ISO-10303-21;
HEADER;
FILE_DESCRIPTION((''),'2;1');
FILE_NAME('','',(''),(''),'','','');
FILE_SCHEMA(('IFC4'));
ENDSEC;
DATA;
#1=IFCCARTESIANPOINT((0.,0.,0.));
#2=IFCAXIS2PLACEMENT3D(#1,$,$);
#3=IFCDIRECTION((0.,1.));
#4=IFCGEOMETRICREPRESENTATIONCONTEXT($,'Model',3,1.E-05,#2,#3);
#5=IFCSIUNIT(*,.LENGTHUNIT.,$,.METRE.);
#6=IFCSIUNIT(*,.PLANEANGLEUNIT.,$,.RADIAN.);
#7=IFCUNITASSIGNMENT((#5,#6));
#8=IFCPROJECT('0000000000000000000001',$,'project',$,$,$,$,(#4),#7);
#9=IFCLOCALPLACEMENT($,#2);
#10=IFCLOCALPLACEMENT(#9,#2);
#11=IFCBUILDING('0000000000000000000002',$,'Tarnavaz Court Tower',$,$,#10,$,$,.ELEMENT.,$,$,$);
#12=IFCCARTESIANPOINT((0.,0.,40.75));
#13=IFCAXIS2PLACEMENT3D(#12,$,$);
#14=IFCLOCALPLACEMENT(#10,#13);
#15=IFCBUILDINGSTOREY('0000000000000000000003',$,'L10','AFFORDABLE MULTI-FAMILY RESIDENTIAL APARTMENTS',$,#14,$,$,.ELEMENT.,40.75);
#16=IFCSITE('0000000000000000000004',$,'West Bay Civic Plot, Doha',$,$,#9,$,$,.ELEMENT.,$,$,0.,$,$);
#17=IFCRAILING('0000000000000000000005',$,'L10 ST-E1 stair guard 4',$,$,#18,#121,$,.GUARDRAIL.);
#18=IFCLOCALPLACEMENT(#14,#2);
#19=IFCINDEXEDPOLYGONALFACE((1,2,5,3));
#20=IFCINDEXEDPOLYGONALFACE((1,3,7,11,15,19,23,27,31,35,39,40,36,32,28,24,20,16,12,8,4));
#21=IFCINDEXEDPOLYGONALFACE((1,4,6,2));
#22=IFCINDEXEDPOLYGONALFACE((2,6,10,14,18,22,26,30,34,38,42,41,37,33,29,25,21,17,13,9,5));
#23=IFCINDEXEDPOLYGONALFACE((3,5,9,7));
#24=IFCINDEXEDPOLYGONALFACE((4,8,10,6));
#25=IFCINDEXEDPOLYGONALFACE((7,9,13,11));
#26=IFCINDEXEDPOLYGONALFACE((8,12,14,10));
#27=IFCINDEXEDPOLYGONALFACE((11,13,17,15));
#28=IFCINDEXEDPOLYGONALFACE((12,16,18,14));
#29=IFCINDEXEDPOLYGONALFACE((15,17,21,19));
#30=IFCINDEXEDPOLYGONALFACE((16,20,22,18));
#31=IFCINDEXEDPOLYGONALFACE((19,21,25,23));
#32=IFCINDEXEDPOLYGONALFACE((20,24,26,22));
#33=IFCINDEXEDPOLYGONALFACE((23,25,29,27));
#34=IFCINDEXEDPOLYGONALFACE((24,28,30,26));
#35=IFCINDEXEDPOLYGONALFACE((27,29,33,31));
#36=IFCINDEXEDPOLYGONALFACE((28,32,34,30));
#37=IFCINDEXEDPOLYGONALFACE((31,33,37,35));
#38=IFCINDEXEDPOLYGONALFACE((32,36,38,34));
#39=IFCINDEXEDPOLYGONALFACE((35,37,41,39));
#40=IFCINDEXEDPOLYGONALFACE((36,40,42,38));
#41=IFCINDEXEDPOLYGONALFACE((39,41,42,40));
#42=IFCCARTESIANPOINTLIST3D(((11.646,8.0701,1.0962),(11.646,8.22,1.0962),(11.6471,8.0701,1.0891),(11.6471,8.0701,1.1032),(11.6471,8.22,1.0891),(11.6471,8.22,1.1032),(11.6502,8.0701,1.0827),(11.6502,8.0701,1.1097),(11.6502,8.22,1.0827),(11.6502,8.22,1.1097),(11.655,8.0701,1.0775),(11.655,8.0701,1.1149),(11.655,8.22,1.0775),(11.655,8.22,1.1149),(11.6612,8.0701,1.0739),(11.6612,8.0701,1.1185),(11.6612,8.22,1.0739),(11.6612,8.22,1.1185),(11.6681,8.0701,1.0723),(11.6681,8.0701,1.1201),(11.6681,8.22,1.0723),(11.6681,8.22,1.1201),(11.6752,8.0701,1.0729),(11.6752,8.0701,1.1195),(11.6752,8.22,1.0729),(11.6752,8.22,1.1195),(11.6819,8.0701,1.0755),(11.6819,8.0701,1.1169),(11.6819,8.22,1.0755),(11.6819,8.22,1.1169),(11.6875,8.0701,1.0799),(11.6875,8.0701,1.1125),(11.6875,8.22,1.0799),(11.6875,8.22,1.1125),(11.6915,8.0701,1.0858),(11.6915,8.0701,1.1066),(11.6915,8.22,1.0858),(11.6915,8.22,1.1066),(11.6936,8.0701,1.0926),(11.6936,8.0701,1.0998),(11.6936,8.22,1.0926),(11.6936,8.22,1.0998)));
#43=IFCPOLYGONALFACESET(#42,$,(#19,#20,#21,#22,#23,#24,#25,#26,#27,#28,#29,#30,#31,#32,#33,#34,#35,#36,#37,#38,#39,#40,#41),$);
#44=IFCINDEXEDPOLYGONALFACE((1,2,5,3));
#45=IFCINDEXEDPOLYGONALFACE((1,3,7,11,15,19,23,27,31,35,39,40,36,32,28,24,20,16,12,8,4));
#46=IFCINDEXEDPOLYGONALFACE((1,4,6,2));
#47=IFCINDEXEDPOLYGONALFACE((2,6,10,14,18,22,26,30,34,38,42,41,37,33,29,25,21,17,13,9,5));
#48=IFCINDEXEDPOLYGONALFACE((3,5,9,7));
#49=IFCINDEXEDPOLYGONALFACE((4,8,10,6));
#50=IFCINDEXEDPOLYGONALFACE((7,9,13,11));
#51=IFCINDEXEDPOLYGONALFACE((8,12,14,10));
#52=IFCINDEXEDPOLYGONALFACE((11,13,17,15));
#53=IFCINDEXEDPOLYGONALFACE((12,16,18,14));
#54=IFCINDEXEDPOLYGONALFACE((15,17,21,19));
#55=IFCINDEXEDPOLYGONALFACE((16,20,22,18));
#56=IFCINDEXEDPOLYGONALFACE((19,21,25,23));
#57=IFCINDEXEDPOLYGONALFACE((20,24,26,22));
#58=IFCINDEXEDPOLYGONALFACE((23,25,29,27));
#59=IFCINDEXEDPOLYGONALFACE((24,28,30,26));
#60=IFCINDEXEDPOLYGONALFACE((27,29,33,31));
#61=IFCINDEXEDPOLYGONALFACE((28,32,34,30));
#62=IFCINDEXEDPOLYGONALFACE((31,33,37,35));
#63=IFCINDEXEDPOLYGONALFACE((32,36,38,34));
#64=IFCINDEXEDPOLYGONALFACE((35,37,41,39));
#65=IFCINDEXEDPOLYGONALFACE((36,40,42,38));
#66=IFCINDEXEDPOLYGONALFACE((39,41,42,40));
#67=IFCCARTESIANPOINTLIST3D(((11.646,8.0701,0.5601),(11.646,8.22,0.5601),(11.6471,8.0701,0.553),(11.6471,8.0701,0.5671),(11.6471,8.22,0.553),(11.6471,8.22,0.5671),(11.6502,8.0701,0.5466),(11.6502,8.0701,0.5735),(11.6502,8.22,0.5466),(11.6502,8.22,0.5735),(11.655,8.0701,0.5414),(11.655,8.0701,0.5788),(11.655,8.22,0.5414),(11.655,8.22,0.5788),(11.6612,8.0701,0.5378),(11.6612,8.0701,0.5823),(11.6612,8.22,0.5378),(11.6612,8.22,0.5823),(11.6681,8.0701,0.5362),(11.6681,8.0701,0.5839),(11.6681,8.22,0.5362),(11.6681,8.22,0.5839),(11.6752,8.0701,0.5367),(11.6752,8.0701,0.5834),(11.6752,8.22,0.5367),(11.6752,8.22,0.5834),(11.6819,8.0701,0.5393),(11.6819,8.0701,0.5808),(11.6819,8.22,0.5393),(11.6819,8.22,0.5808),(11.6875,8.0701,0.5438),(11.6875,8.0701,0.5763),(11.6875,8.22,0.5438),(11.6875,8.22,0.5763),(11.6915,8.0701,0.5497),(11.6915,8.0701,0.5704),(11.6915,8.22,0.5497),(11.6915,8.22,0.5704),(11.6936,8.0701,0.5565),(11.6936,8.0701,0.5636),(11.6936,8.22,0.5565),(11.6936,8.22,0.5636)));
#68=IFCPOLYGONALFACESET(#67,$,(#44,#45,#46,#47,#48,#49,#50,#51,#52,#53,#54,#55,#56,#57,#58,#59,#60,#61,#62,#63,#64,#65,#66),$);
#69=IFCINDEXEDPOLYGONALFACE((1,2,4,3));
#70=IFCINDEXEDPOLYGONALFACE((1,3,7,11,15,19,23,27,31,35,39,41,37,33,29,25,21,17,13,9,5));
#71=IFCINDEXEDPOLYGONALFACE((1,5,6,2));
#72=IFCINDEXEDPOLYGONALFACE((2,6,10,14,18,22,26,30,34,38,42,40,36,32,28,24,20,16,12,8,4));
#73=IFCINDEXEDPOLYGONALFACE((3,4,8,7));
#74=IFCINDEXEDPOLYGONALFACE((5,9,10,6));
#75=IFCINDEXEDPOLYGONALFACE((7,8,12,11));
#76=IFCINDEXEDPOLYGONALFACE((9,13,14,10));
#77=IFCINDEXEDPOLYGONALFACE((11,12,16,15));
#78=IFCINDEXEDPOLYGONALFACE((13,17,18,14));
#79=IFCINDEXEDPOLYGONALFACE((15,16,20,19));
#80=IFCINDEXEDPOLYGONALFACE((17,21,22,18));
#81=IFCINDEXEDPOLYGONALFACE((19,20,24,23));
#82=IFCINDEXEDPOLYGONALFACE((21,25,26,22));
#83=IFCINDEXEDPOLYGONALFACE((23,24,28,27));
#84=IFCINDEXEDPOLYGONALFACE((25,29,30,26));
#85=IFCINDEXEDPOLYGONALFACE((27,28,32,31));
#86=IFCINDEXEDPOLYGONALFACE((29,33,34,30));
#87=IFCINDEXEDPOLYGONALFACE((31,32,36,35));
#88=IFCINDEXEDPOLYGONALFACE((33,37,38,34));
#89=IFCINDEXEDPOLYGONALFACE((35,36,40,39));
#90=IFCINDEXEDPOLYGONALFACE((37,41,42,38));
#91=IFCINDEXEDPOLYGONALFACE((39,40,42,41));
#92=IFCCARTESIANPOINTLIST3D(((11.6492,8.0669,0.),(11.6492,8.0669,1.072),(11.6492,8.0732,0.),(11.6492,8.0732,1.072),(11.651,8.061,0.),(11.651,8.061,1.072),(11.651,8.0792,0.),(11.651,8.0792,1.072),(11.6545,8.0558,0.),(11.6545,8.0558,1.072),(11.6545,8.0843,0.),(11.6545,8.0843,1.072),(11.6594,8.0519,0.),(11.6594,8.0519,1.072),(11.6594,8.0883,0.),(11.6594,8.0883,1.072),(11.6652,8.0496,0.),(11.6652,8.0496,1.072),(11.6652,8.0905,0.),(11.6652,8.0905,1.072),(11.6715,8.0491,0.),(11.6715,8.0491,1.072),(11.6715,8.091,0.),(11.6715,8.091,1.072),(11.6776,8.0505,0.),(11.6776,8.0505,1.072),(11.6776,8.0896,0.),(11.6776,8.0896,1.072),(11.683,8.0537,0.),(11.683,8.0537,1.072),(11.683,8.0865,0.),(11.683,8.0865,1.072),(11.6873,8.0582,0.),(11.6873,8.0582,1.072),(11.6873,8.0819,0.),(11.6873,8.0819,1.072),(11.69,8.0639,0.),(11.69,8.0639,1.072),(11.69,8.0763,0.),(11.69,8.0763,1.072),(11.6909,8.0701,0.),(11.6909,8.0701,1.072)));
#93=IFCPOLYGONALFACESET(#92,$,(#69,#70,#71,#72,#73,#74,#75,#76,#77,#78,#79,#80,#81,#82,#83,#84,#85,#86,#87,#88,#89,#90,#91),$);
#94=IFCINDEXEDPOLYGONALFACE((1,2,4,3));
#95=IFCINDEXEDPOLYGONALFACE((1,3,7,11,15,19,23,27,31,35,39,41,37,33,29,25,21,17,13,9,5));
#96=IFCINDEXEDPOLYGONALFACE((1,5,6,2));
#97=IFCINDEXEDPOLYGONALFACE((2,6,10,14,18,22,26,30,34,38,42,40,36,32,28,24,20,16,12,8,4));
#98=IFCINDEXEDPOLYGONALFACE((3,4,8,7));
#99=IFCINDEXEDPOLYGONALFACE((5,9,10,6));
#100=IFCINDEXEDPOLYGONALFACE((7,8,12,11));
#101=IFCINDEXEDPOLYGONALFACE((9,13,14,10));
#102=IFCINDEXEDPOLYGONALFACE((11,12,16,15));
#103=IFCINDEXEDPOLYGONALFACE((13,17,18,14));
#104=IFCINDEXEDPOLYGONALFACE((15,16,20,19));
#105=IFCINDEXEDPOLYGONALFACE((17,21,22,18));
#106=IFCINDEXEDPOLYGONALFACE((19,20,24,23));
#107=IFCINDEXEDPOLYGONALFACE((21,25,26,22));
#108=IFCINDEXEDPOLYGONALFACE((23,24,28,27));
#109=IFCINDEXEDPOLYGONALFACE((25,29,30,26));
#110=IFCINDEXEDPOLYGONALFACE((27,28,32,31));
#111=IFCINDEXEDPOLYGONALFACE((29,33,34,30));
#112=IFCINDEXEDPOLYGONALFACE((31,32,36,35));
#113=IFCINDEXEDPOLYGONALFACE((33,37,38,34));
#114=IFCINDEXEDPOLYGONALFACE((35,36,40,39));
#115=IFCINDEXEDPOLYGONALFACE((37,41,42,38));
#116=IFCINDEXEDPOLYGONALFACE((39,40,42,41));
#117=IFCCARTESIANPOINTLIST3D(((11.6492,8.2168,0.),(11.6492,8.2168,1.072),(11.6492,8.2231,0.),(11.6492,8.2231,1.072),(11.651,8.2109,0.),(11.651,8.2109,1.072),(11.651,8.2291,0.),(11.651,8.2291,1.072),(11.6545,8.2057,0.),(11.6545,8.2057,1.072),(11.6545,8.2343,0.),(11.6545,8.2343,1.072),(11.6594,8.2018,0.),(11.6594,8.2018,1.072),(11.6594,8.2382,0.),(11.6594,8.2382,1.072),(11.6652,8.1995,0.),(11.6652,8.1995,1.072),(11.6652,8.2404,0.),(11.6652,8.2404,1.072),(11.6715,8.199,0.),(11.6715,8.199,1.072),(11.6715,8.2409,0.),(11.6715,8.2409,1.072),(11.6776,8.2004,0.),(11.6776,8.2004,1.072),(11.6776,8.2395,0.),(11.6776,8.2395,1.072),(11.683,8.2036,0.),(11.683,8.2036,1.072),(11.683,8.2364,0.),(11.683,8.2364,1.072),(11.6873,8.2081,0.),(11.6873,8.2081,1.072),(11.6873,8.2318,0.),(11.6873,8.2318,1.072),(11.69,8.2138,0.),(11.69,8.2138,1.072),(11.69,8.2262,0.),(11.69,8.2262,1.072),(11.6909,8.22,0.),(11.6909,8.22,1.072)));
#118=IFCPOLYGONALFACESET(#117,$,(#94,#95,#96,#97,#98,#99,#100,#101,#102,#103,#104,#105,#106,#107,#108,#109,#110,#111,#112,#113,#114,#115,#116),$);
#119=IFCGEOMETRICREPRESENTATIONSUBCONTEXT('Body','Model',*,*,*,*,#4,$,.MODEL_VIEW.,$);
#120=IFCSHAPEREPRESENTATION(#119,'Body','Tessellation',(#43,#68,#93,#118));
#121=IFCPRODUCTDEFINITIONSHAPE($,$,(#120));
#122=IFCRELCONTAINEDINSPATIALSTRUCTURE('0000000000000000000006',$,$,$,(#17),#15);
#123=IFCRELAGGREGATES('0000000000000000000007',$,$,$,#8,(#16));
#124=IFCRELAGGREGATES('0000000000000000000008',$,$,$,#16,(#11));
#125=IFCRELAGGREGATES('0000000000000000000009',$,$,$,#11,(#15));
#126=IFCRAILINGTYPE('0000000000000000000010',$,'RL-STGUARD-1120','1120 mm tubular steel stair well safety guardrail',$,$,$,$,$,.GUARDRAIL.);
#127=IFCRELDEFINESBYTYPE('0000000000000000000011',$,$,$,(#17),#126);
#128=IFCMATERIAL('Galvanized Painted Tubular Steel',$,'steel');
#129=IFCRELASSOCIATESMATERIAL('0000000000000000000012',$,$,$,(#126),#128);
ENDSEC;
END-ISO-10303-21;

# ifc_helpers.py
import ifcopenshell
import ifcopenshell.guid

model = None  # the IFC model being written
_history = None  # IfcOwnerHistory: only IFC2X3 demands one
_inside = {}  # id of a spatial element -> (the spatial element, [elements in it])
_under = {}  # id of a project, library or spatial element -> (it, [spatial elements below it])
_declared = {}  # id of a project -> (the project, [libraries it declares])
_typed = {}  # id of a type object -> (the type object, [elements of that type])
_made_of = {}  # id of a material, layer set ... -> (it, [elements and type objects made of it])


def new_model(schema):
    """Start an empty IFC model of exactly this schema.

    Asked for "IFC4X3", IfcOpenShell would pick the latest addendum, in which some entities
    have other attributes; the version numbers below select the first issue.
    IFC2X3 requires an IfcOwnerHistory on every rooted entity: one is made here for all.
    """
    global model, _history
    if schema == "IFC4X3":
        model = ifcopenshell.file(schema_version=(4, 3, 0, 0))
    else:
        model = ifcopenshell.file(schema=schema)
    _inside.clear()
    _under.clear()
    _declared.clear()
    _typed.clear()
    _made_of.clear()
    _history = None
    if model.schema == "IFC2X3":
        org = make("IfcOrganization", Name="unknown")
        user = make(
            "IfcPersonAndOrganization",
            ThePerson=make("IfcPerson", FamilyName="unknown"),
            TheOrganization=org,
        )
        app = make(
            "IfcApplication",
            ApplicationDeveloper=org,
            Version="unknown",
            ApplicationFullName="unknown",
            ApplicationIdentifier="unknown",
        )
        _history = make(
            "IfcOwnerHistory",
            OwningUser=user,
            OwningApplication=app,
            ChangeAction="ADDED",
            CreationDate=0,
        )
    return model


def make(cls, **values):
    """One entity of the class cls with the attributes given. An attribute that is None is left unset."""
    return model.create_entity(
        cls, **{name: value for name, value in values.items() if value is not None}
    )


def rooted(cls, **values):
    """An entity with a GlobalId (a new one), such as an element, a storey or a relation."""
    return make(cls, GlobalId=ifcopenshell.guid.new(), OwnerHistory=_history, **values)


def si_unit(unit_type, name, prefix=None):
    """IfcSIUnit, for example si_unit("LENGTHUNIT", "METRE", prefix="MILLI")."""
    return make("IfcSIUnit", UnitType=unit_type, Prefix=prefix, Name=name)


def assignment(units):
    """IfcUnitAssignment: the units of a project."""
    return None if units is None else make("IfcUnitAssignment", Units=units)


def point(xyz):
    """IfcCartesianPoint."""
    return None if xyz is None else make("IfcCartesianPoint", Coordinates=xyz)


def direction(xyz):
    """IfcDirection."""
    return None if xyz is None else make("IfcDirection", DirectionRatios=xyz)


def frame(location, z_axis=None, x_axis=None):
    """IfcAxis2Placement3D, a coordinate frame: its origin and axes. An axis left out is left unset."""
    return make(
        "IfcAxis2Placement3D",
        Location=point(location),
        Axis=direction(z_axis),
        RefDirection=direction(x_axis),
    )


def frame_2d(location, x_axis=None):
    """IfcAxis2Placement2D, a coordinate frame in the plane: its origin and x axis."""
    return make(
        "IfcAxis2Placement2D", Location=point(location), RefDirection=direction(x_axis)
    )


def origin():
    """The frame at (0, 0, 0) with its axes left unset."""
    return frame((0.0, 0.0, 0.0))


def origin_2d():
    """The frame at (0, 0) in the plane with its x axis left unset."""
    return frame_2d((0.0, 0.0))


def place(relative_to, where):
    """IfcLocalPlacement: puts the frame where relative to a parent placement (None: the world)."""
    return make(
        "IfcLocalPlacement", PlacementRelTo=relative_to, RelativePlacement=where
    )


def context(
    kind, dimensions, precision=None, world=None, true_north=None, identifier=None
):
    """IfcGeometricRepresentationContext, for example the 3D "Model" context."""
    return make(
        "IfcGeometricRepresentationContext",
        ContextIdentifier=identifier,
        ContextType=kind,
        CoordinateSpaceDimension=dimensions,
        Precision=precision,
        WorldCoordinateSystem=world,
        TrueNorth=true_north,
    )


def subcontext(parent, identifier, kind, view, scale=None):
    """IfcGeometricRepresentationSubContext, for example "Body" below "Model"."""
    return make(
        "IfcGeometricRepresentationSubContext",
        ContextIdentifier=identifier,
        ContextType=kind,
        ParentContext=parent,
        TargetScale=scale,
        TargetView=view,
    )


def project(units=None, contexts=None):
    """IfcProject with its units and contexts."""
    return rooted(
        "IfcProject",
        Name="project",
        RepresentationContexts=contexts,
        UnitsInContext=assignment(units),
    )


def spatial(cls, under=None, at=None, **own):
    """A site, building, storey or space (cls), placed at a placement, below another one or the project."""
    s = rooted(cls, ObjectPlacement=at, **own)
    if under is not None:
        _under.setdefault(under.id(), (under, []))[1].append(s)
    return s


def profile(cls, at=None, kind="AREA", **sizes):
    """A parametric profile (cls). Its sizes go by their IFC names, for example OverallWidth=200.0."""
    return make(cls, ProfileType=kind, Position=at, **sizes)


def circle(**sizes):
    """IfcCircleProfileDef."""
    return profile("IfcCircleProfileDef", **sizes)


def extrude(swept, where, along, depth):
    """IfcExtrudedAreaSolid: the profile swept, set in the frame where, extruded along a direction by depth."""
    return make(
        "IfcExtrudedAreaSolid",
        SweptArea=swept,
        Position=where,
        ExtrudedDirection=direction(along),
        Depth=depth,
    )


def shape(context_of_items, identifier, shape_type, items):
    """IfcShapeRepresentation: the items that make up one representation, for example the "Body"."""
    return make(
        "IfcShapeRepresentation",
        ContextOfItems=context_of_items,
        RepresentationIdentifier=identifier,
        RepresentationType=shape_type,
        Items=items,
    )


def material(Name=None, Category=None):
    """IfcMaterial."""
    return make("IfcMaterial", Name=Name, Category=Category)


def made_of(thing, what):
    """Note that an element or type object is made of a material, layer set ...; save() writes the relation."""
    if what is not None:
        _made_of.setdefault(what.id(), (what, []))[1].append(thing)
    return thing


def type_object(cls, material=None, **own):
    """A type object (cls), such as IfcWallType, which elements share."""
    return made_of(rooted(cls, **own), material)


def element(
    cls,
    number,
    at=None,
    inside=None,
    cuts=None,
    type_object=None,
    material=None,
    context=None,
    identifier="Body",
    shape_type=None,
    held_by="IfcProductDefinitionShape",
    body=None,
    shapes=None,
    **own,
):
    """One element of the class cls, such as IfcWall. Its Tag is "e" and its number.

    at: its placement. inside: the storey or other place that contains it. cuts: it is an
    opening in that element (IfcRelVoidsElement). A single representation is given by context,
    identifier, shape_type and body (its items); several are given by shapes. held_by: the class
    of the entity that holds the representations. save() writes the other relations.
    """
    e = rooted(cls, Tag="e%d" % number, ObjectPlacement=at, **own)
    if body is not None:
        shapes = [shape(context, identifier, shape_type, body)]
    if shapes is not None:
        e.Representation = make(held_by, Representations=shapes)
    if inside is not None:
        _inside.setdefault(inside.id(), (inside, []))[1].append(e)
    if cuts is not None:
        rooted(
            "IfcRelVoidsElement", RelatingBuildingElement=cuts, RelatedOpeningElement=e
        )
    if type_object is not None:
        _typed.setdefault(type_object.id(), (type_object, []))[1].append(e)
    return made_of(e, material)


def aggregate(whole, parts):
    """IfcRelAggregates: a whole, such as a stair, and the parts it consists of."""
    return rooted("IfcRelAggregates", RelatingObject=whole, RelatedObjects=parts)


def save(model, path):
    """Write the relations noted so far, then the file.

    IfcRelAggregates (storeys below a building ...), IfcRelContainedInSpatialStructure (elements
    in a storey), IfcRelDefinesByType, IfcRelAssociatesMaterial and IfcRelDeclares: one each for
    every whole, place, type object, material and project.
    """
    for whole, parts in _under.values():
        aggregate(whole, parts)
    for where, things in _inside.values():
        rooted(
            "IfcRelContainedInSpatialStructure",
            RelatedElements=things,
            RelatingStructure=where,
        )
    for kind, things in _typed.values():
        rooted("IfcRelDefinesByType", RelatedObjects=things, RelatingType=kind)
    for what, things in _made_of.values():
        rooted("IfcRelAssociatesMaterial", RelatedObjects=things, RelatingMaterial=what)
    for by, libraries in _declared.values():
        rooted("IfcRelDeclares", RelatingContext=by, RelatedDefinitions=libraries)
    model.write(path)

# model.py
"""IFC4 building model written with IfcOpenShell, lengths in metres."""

from ifc_helpers import new_model, si_unit, direction, frame, origin, origin_2d, place, context, subcontext, project, spatial, circle, extrude, material, type_object, element, save


model = new_model("IFC4")

# Units and contexts
model_context = context("Model", 3, precision=1e-05, world=origin(), true_north=direction((0.0, 1.0)))
body_context = subcontext(model_context, "Body", "Model", "MODEL_VIEW")
ifc_project = project(units=[si_unit("LENGTHUNIT", "METRE"), si_unit("PLANEANGLEUNIT", "RADIAN")], contexts=[model_context])

# Site, building, storey
site_placement = place(None, origin())
site = spatial("IfcSite", under=ifc_project, at=site_placement, Name="West Bay Civic Plot, Doha", CompositionType="ELEMENT", RefElevation=0.0)
building_placement = place(site_placement, origin())
building = spatial("IfcBuilding", under=site, at=building_placement, Name="Tarnavaz Court Tower", CompositionType="ELEMENT")
storey_placement = place(building_placement, frame((0.0, 0.0, 40.75)))
storey = spatial("IfcBuildingStorey", under=building, at=storey_placement, Name="L10", Description="AFFORDABLE MULTI-FAMILY RESIDENTIAL APARTMENTS", CompositionType="ELEMENT", Elevation=40.75)

# Railing
ifc_material_1 = material(Name="Galvanized Painted Tubular Steel", Category="steel")
railing_type_1 = type_object("IfcRailingType", Name="RL-STGUARD-1120", Description="1120 mm tubular steel stair well safety guardrail", PredefinedType="GUARDRAIL", material=ifc_material_1)
railing_1_placement = place(storey_placement, frame((11.6699, 8.0701, 0.0)))
element("IfcRailing", 1, at=railing_1_placement, inside=storey, type_object=railing_type_1, Name="L10 ST-E1 stair guard 4", PredefinedType="GUARDRAIL", context=body_context, shape_type="SweptSolid", body=[
    extrude(circle(Radius=0.0239, at=origin_2d()), frame((0.0, 0.0, 1.0962), z_axis=(0.0, 1.0, 0.0), x_axis=(-1.0, 0.0, 0.0)), (0.0, 0.0, 1.0), 0.1499),
    extrude(circle(Radius=0.0239, at=origin_2d()), frame((0.0, 0.0, 0.5601), z_axis=(0.0, 1.0, 0.0), x_axis=(-1.0, 0.0, 0.0)), (0.0, 0.0, 1.0), 0.1499),
    extrude(circle(Radius=0.021, at=origin_2d()), origin(), (0.0, 0.0, 1.0), 1.072),
    extrude(circle(Radius=0.021, at=origin_2d()), frame((0.0, 0.1499, 0.0)), (0.0, 0.0, 1.0), 1.072),
])

save(model, "model.ifc")
